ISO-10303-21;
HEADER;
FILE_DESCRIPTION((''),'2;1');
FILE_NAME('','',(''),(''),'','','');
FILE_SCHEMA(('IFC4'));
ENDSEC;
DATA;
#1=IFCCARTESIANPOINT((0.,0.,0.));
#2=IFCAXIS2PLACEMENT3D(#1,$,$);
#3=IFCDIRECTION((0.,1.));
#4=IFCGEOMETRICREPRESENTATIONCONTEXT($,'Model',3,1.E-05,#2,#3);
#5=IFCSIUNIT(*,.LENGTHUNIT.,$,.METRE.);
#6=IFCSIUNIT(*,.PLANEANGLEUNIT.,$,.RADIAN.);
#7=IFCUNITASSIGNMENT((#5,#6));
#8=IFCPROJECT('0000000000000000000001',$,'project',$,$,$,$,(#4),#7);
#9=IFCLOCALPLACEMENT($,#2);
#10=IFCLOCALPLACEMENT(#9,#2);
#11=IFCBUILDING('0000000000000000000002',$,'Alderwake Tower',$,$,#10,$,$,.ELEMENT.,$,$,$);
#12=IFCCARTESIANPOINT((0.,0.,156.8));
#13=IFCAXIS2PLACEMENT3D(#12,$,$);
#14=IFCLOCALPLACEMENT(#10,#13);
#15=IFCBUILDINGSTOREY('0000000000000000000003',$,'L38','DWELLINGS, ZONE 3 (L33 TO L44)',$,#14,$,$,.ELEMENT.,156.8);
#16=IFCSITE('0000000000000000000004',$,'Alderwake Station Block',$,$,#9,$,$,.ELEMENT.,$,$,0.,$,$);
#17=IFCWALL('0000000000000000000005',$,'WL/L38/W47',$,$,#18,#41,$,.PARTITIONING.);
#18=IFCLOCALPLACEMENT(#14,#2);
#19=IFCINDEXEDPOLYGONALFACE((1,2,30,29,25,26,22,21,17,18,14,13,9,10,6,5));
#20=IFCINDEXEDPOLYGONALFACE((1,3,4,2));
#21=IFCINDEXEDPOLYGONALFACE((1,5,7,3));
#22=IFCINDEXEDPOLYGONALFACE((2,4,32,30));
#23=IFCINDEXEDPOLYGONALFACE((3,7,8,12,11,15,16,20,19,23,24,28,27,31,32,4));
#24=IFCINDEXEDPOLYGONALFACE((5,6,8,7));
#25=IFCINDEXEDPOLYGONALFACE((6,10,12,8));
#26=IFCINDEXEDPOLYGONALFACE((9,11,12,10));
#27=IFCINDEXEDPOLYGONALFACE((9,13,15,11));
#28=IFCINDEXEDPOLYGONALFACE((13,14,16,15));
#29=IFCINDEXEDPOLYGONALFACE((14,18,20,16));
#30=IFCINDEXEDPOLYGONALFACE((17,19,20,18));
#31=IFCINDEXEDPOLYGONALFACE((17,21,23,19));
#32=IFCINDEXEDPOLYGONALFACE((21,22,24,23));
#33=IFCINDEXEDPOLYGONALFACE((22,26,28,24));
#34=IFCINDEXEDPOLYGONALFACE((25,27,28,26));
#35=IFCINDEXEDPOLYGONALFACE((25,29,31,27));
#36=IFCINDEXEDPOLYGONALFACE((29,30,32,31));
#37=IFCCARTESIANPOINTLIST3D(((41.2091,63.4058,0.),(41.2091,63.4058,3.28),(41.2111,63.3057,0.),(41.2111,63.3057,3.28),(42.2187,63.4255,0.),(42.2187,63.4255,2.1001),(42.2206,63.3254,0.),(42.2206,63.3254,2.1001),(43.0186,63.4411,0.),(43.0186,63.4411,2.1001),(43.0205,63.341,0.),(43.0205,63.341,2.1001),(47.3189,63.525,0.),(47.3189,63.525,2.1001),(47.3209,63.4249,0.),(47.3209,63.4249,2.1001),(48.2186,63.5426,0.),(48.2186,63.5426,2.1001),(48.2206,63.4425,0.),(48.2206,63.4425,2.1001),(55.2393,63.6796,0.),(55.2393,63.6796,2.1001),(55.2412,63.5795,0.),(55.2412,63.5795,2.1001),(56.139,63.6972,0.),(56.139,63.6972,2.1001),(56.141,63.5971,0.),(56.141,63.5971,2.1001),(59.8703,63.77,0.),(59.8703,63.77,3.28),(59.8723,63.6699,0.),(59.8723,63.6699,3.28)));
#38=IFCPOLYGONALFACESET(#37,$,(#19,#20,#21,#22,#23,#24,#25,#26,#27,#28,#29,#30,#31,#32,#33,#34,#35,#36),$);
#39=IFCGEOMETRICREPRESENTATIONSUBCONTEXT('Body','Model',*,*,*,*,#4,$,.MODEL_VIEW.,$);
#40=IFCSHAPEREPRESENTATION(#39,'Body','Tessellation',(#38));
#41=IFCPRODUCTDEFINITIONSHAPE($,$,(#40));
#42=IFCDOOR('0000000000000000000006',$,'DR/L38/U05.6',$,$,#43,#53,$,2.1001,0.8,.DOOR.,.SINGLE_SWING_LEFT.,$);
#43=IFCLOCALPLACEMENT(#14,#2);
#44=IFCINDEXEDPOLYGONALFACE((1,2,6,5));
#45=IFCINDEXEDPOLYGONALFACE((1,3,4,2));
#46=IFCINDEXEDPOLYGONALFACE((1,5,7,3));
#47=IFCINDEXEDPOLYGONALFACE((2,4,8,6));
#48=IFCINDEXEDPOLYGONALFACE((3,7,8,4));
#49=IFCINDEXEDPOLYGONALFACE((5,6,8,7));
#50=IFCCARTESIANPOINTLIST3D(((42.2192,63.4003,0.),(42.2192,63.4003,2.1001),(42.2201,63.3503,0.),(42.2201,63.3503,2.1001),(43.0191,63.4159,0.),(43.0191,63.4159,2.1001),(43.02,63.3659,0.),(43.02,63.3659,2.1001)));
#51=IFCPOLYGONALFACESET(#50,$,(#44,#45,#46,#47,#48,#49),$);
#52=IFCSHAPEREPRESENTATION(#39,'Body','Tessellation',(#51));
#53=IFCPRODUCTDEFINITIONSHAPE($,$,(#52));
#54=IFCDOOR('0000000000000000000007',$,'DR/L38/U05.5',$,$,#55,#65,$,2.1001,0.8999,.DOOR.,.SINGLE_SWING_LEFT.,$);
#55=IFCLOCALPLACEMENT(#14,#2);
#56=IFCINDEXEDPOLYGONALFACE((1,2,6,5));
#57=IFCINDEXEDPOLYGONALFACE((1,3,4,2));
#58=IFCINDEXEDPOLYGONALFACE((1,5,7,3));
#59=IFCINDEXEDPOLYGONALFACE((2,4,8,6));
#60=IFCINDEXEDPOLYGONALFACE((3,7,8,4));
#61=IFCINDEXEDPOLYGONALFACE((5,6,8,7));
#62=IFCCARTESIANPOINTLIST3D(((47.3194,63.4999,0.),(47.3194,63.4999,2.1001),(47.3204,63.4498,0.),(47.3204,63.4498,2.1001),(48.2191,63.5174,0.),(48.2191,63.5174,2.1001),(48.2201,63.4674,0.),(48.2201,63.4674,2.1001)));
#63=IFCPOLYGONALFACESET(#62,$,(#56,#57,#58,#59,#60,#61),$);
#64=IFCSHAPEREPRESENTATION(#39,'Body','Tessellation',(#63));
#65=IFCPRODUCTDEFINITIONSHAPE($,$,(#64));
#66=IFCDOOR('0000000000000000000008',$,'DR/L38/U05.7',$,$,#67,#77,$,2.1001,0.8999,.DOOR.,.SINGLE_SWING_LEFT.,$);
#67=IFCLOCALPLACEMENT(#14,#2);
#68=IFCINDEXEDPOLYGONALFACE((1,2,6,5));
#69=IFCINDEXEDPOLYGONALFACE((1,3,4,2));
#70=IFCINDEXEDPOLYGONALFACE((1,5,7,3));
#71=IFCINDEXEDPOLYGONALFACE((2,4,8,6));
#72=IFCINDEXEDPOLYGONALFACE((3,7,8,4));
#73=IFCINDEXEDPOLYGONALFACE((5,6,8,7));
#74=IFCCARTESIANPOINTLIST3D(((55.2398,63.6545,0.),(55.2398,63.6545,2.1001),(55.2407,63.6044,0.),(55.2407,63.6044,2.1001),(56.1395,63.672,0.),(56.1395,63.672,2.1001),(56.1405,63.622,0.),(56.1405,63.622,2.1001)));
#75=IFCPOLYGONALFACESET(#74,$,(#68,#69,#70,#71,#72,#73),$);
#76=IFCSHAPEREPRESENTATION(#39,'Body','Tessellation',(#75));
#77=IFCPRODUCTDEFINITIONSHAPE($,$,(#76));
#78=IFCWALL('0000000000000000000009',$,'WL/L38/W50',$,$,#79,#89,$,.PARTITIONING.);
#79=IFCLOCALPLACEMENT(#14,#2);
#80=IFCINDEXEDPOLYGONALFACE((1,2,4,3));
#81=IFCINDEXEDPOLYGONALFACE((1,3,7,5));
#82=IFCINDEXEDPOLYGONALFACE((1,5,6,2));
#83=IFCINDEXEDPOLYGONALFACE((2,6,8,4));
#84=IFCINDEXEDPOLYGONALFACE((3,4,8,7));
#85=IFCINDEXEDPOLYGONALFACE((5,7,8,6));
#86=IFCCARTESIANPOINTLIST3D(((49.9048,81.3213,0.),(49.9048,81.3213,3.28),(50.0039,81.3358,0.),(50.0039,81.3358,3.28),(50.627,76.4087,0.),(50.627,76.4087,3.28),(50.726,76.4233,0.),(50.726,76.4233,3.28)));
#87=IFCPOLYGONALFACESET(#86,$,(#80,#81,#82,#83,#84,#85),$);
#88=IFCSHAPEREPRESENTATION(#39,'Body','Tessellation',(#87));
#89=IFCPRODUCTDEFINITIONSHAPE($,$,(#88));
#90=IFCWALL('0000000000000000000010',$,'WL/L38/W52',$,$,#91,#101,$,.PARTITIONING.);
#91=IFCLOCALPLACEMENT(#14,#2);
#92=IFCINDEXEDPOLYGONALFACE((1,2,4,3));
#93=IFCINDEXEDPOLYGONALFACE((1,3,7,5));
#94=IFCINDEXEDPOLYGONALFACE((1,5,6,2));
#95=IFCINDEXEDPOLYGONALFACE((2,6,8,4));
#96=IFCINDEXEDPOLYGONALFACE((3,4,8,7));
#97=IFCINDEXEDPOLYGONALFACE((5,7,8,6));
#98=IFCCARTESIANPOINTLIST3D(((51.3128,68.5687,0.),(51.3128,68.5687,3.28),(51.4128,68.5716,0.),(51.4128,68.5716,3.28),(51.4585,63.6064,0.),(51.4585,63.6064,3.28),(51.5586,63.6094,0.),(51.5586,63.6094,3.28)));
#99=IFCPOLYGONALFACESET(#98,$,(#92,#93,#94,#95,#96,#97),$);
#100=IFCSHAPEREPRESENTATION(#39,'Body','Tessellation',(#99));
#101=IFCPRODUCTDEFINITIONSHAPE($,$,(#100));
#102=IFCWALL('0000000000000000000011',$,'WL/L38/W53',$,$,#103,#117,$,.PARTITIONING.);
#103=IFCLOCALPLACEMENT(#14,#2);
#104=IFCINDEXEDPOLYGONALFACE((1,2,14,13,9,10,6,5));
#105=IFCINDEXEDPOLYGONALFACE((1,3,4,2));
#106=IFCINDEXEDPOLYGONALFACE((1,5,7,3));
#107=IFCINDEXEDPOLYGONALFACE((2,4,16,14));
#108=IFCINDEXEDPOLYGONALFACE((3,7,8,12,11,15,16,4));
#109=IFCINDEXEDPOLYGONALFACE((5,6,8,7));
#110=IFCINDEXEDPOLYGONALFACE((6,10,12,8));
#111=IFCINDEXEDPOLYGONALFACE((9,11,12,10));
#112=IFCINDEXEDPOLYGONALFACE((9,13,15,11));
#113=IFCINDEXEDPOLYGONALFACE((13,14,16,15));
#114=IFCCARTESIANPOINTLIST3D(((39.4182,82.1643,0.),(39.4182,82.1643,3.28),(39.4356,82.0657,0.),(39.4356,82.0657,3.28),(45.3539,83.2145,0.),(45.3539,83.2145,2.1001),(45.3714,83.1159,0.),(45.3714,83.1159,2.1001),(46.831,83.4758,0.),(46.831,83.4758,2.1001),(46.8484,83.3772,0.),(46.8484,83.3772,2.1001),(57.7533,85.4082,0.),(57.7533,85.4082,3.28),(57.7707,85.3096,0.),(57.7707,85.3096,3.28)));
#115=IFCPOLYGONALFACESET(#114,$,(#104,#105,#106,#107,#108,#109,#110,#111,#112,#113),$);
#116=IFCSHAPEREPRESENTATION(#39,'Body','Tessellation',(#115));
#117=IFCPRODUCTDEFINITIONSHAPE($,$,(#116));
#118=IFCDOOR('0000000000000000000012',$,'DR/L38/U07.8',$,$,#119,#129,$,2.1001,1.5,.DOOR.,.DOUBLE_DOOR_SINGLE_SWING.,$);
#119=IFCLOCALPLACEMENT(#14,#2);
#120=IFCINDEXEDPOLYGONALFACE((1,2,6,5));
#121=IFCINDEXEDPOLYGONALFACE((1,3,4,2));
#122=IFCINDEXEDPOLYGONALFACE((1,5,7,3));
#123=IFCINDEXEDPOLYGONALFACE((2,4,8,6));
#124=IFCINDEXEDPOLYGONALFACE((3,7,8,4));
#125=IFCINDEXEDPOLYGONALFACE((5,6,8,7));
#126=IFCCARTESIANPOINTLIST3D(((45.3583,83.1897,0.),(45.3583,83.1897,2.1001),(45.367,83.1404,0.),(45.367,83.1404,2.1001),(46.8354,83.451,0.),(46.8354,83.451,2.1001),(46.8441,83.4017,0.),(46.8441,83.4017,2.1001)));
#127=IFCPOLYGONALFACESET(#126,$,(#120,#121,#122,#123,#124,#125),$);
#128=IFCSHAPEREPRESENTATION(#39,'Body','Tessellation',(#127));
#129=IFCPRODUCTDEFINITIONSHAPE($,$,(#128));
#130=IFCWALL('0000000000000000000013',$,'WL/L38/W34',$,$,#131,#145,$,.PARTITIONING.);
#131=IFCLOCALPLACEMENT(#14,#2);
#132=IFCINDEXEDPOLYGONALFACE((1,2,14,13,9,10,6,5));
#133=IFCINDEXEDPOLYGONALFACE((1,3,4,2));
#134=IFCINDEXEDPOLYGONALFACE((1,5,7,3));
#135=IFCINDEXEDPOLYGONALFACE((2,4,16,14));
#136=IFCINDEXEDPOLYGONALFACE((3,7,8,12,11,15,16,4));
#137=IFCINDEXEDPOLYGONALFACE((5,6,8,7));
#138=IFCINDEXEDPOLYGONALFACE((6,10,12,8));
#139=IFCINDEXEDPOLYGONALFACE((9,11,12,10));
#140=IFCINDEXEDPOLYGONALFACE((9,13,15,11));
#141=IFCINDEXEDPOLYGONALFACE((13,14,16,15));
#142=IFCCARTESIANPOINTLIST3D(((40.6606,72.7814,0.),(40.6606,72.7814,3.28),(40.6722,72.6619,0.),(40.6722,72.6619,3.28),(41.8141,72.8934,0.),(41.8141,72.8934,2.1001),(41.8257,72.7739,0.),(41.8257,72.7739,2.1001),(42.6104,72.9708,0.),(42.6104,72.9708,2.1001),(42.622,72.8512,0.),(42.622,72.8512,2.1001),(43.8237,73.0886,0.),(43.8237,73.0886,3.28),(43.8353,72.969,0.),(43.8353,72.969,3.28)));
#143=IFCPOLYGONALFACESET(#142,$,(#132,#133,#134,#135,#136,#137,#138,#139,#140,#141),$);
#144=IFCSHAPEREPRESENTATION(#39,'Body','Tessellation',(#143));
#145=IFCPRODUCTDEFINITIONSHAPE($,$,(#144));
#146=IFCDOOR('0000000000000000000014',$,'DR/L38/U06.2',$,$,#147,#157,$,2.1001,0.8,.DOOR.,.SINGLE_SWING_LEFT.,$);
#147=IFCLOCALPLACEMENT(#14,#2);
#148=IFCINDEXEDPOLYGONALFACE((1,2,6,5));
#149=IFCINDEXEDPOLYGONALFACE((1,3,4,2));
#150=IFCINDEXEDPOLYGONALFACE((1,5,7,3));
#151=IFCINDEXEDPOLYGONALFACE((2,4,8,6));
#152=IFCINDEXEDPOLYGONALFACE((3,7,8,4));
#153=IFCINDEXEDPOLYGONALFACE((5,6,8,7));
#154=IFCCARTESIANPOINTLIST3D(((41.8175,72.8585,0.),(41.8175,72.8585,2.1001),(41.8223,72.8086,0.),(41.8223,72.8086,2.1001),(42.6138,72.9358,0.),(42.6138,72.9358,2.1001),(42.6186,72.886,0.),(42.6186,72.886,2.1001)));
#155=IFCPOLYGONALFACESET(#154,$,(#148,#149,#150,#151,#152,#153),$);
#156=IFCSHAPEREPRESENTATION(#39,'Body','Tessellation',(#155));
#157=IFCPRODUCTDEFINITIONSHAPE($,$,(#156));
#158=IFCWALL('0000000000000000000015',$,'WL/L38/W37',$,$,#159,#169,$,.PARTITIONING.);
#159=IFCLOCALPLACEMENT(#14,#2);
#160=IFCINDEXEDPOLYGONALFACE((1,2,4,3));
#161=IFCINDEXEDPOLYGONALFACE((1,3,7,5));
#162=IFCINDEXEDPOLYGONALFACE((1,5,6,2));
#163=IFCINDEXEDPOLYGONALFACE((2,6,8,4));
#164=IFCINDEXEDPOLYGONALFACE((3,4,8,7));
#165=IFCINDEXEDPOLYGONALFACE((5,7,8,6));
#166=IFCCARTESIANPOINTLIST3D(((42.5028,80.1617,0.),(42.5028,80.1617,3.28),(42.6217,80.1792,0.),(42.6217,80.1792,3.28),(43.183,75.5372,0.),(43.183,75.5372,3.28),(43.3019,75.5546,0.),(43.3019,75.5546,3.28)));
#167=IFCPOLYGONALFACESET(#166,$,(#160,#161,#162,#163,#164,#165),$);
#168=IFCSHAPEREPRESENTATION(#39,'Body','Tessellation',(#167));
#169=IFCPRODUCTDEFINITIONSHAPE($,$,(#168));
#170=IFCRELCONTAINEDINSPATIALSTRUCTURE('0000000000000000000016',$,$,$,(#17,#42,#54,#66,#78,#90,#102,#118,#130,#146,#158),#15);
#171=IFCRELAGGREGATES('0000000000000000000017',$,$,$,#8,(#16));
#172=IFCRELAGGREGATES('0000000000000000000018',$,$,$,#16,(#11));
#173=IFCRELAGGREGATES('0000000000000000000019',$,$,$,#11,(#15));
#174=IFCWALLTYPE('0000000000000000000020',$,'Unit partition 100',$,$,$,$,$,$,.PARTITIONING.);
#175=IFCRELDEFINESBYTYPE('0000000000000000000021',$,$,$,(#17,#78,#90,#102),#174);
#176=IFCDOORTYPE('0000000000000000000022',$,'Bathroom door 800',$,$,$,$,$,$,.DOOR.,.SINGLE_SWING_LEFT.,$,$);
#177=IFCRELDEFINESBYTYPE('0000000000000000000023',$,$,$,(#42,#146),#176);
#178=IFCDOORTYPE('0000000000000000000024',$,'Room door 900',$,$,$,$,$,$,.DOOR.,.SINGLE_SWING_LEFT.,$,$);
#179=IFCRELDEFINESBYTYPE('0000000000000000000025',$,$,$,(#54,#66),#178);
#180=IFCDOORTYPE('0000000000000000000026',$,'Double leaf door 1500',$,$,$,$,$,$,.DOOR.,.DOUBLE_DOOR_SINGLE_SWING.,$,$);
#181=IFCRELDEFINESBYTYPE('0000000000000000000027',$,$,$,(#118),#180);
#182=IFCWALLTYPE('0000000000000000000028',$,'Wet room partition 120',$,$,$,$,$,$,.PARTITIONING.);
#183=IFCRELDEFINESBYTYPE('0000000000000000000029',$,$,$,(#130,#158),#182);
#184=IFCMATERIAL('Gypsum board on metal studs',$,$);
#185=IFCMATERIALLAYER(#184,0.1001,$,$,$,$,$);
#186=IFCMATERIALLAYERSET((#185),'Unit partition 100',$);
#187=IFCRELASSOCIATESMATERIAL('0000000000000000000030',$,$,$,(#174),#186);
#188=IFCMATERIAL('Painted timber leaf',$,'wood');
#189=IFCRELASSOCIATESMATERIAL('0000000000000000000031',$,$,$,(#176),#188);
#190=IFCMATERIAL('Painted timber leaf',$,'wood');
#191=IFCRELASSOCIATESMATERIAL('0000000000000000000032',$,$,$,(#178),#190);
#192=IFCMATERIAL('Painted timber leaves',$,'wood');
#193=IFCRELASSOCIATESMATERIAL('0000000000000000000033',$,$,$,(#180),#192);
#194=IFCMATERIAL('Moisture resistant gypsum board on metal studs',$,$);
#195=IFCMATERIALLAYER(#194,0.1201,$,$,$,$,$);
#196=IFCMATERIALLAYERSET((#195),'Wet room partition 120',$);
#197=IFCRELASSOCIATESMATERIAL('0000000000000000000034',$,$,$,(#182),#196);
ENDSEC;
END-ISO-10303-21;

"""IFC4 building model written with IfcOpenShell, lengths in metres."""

from ifc_helpers import new_model, si_unit, direction, frame, frame_2d, origin, place, context, subcontext, project, spatial, rectangle, extrude, material, layer, layer_set, type_object, element, fill, save


model = new_model("IFC4")

# Units and contexts
model_context = context("Model", 3, precision=1e-05, world=origin(), true_north=direction((0.0, 1.0)))
body_context = subcontext(model_context, "Body", "Model", "MODEL_VIEW")
ifc_project = project(units=[si_unit("LENGTHUNIT", "METRE"), si_unit("PLANEANGLEUNIT", "RADIAN")], contexts=[model_context])

# Site, building, storey
site_placement = place(None, origin())
site = spatial("IfcSite", under=ifc_project, at=site_placement, Name="Alderwake Station Block", CompositionType="ELEMENT", RefElevation=0.0)
building_placement = place(site_placement, origin())
building = spatial("IfcBuilding", under=site, at=building_placement, Name="Alderwake Tower", CompositionType="ELEMENT")
storey_placement = place(building_placement, frame((0.0, 0.0, 156.8)))
storey = spatial("IfcBuildingStorey", under=building, at=storey_placement, Name="L38", Description="DWELLINGS, ZONE 3 (L33 TO L44)", CompositionType="ELEMENT", Elevation=156.8)

# Wall, openings, doors
ifc_material_1 = material(Name="Gypsum board on metal studs")
ifc_layer_1 = layer(ifc_material_1, 0.1001)
ifc_layer_set_1 = layer_set([ifc_layer_1], Name="Unit partition 100")
wall_type_1 = type_object("IfcWallType", Name="Unit partition 100", PredefinedType="PARTITIONING", material=ifc_layer_set_1)
wall_1_placement = place(storey_placement, frame((41.21, 63.3557, 0.0), z_axis=(0.0, 0.0, 1.0), x_axis=(0.99981, 0.019516, 0.0)))
wall_1 = element("IfcWall", 1, at=wall_1_placement, inside=storey, type_object=wall_type_1, Name="WL/L38/W47", PredefinedType="PARTITIONING", context=body_context, shape_type="SweptSolid", body=[
    extrude(rectangle(XDim=18.6648, YDim=0.1001, at=frame_2d((9.3325, 0.0))), origin(), (0.0, 0.0, 1.0), 3.28),
])
opening_1_placement = place(wall_1_placement, frame((6.1111, 0.0, 0.0)))
opening_1 = element("IfcOpeningElement", 2, at=opening_1_placement, cuts=wall_1, PredefinedType="OPENING", context=body_context, shape_type="SweptSolid", body=[
    extrude(rectangle(XDim=0.8999, YDim=2.1001, at=frame_2d((0.45, 1.05))), frame((0.0, 0.0601, 0.0), z_axis=(0.0, -1.0, 0.0), x_axis=(1.0, 0.0, 0.0)), (0.0, 0.0, 1.0), 0.1201),
])
opening_2_placement = place(wall_1_placement, frame((1.01, 0.0, 0.0)))
opening_2 = element("IfcOpeningElement", 3, at=opening_2_placement, cuts=wall_1, PredefinedType="OPENING", context=body_context, shape_type="SweptSolid", body=[
    extrude(rectangle(XDim=0.8, YDim=2.1001, at=frame_2d((0.3999, 1.05))), frame((0.0, 0.0601, 0.0), z_axis=(0.0, -1.0, 0.0), x_axis=(1.0, 0.0, 0.0)), (0.0, 0.0, 1.0), 0.1201),
])
opening_3_placement = place(wall_1_placement, frame((14.033, 0.0, 0.0)))
opening_3 = element("IfcOpeningElement", 4, at=opening_3_placement, cuts=wall_1, PredefinedType="OPENING", context=body_context, shape_type="SweptSolid", body=[
    extrude(rectangle(XDim=0.8999, YDim=2.1001, at=frame_2d((0.45, 1.05))), frame((0.0, 0.0601, 0.0), z_axis=(0.0, -1.0, 0.0), x_axis=(1.0, 0.0, 0.0)), (0.0, 0.0, 1.0), 0.1201),
])
ifc_material_2 = material(Name="Painted timber leaf", Category="wood")
door_type_1 = type_object("IfcDoorType", Name="Bathroom door 800", OperationType="SINGLE_SWING_LEFT", PredefinedType="DOOR", material=ifc_material_2)
door_1_placement = place(opening_2_placement, origin())
door_1 = element("IfcDoor", 5, at=door_1_placement, inside=storey, type_object=door_type_1, Name="DR/L38/U05.6", OperationType="SINGLE_SWING_LEFT", OverallHeight=2.1001, OverallWidth=0.8, PredefinedType="DOOR", context=body_context, shape_type="SweptSolid", body=[
    extrude(rectangle(XDim=0.8, YDim=2.1001, at=frame_2d((0.3999, 1.05))), frame((0.0, 0.0249, 0.0), z_axis=(0.0, -1.0, 0.0), x_axis=(1.0, 0.0, 0.0)), (0.0, 0.0, 1.0), 0.05),
])
fill(opening_2, door_1)
ifc_material_3 = material(Name="Painted timber leaf", Category="wood")
door_type_2 = type_object("IfcDoorType", Name="Room door 900", OperationType="SINGLE_SWING_LEFT", PredefinedType="DOOR", material=ifc_material_3)
door_2_placement = place(opening_1_placement, origin())
door_2 = element("IfcDoor", 6, at=door_2_placement, inside=storey, type_object=door_type_2, Name="DR/L38/U05.5", OperationType="SINGLE_SWING_LEFT", OverallHeight=2.1001, OverallWidth=0.8999, PredefinedType="DOOR", context=body_context, shape_type="SweptSolid", body=[
    extrude(rectangle(XDim=0.8999, YDim=2.1001, at=frame_2d((0.45, 1.05))), frame((0.0, 0.0249, 0.0), z_axis=(0.0, -1.0, 0.0), x_axis=(1.0, 0.0, 0.0)), (0.0, 0.0, 1.0), 0.05),
])
fill(opening_1, door_2)
door_3_placement = place(opening_3_placement, origin())
door_3 = element("IfcDoor", 7, at=door_3_placement, inside=storey, type_object=door_type_2, Name="DR/L38/U05.7", OperationType="SINGLE_SWING_LEFT", OverallHeight=2.1001, OverallWidth=0.8999, PredefinedType="DOOR", context=body_context, shape_type="SweptSolid", body=[
    extrude(rectangle(XDim=0.8999, YDim=2.1001, at=frame_2d((0.45, 1.05))), frame((0.0, 0.0249, 0.0), z_axis=(0.0, -1.0, 0.0), x_axis=(1.0, 0.0, 0.0)), (0.0, 0.0, 1.0), 0.05),
])
fill(opening_3, door_3)

# Walls
wall_2_placement = place(storey_placement, frame((50.6765, 76.416, 0.0), z_axis=(0.0, 0.0, 1.0), x_axis=(-0.14544, 0.989367, 0.0)))
element("IfcWall", 8, at=wall_2_placement, inside=storey, type_object=wall_type_1, Name="WL/L38/W50", PredefinedType="PARTITIONING", context=body_context, shape_type="SweptSolid", body=[
    extrude(rectangle(XDim=4.9653, YDim=0.1001, at=frame_2d((2.4827, 0.0))), origin(), (0.0, 0.0, 1.0), 3.28),
])
wall_3_placement = place(storey_placement, frame((51.5085, 63.6079, 0.0), z_axis=(0.0, 0.0, 1.0), x_axis=(-0.02936, 0.999569, 0.0)))
element("IfcWall", 9, at=wall_3_placement, inside=storey, type_object=wall_type_1, Name="WL/L38/W52", PredefinedType="PARTITIONING", context=body_context, shape_type="SweptSolid", body=[
    extrude(rectangle(XDim=4.9644, YDim=0.1001, at=frame_2d((2.4822, 0.0))), origin(), (0.0, 0.0, 1.0), 3.28),
])

# Walls, openings, doors
wall_4_placement = place(storey_placement, frame((39.4268, 82.115, 0.0), z_axis=(0.0, 0.0, 1.0), x_axis=(0.984707, 0.174216, 0.0)))
wall_4 = element("IfcWall", 10, at=wall_4_placement, inside=storey, type_object=wall_type_1, Name="WL/L38/W53", PredefinedType="PARTITIONING", context=body_context, shape_type="SweptSolid", body=[
    extrude(rectangle(XDim=18.6199, YDim=0.1001, at=frame_2d((9.3101, 0.0))), origin(), (0.0, 0.0, 1.0), 3.28),
])
opening_4_placement = place(wall_4_placement, frame((6.0281, 0.0, 0.0)))
opening_4 = element("IfcOpeningElement", 11, at=opening_4_placement, cuts=wall_4, PredefinedType="OPENING", context=body_context, shape_type="SweptSolid", body=[
    extrude(rectangle(XDim=1.5, YDim=2.1001, at=frame_2d((0.75, 1.05))), frame((0.0, 0.0601, 0.0), z_axis=(0.0, -1.0, 0.0), x_axis=(1.0, 0.0, 0.0)), (0.0, 0.0, 1.0), 0.1201),
])
ifc_material_4 = material(Name="Painted timber leaves", Category="wood")
door_type_3 = type_object("IfcDoorType", Name="Double leaf door 1500", OperationType="DOUBLE_DOOR_SINGLE_SWING", PredefinedType="DOOR", material=ifc_material_4)
door_4_placement = place(opening_4_placement, origin())
door_4 = element("IfcDoor", 12, at=door_4_placement, inside=storey, type_object=door_type_3, Name="DR/L38/U07.8", OperationType="DOUBLE_DOOR_SINGLE_SWING", OverallHeight=2.1001, OverallWidth=1.5, PredefinedType="DOOR", context=body_context, shape_type="SweptSolid", body=[
    extrude(rectangle(XDim=1.5, YDim=2.1001, at=frame_2d((0.75, 1.05))), frame((0.0, 0.0249, 0.0), z_axis=(0.0, -1.0, 0.0), x_axis=(1.0, 0.0, 0.0)), (0.0, 0.0, 1.0), 0.05),
])
fill(opening_4, door_4)
ifc_material_5 = material(Name="Moisture resistant gypsum board on metal studs")
ifc_layer_2 = layer(ifc_material_5, 0.1201)
ifc_layer_set_2 = layer_set([ifc_layer_2], Name="Wet room partition 120")
wall_type_2 = type_object("IfcWallType", Name="Wet room partition 120", PredefinedType="PARTITIONING", material=ifc_layer_set_2)
wall_5_placement = place(storey_placement, frame((40.6665, 72.7217, 0.0), z_axis=(0.0, 0.0, 1.0), x_axis=(0.995319, 0.096643, 0.0)))
wall_5 = element("IfcWall", 13, at=wall_5_placement, inside=storey, type_object=wall_type_2, Name="WL/L38/W34", PredefinedType="PARTITIONING", context=body_context, shape_type="SweptSolid", body=[
    extrude(rectangle(XDim=3.178, YDim=0.1201, at=frame_2d((1.5889, 0.0))), origin(), (0.0, 0.0, 1.0), 3.28),
])
opening_5_placement = place(wall_5_placement, frame((1.1589, 0.0, 0.0)))
opening_5 = element("IfcOpeningElement", 14, at=opening_5_placement, cuts=wall_5, PredefinedType="OPENING", context=body_context, shape_type="SweptSolid", body=[
    extrude(rectangle(XDim=0.8, YDim=2.1001, at=frame_2d((0.3999, 1.05))), frame((0.0, 0.0701, 0.0), z_axis=(0.0, -1.0, 0.0), x_axis=(1.0, 0.0, 0.0)), (0.0, 0.0, 1.0), 0.1401),
])
door_5_placement = place(opening_5_placement, origin())
door_5 = element("IfcDoor", 15, at=door_5_placement, inside=storey, type_object=door_type_1, Name="DR/L38/U06.2", OperationType="SINGLE_SWING_LEFT", OverallHeight=2.1001, OverallWidth=0.8, PredefinedType="DOOR", context=body_context, shape_type="SweptSolid", body=[
    extrude(rectangle(XDim=0.8, YDim=2.1001, at=frame_2d((0.3999, 1.05))), frame((0.0, 0.0249, 0.0), z_axis=(0.0, -1.0, 0.0), x_axis=(1.0, 0.0, 0.0)), (0.0, 0.0, 1.0), 0.05),
])
fill(opening_5, door_5)

# Wall
wall_6_placement = place(storey_placement, frame((43.2424, 75.5459, 0.0), z_axis=(0.0, 0.0, 1.0), x_axis=(-0.145515, 0.989356, 0.0)))
element("IfcWall", 16, at=wall_6_placement, inside=storey, type_object=wall_type_2, Name="WL/L38/W37", PredefinedType="PARTITIONING", context=body_context, shape_type="SweptSolid", body=[
    extrude(rectangle(XDim=4.6743, YDim=0.1201, at=frame_2d((2.3372, 0.0))), origin(), (0.0, 0.0, 1.0), 3.28),
])

save(model, "model.ifc")
